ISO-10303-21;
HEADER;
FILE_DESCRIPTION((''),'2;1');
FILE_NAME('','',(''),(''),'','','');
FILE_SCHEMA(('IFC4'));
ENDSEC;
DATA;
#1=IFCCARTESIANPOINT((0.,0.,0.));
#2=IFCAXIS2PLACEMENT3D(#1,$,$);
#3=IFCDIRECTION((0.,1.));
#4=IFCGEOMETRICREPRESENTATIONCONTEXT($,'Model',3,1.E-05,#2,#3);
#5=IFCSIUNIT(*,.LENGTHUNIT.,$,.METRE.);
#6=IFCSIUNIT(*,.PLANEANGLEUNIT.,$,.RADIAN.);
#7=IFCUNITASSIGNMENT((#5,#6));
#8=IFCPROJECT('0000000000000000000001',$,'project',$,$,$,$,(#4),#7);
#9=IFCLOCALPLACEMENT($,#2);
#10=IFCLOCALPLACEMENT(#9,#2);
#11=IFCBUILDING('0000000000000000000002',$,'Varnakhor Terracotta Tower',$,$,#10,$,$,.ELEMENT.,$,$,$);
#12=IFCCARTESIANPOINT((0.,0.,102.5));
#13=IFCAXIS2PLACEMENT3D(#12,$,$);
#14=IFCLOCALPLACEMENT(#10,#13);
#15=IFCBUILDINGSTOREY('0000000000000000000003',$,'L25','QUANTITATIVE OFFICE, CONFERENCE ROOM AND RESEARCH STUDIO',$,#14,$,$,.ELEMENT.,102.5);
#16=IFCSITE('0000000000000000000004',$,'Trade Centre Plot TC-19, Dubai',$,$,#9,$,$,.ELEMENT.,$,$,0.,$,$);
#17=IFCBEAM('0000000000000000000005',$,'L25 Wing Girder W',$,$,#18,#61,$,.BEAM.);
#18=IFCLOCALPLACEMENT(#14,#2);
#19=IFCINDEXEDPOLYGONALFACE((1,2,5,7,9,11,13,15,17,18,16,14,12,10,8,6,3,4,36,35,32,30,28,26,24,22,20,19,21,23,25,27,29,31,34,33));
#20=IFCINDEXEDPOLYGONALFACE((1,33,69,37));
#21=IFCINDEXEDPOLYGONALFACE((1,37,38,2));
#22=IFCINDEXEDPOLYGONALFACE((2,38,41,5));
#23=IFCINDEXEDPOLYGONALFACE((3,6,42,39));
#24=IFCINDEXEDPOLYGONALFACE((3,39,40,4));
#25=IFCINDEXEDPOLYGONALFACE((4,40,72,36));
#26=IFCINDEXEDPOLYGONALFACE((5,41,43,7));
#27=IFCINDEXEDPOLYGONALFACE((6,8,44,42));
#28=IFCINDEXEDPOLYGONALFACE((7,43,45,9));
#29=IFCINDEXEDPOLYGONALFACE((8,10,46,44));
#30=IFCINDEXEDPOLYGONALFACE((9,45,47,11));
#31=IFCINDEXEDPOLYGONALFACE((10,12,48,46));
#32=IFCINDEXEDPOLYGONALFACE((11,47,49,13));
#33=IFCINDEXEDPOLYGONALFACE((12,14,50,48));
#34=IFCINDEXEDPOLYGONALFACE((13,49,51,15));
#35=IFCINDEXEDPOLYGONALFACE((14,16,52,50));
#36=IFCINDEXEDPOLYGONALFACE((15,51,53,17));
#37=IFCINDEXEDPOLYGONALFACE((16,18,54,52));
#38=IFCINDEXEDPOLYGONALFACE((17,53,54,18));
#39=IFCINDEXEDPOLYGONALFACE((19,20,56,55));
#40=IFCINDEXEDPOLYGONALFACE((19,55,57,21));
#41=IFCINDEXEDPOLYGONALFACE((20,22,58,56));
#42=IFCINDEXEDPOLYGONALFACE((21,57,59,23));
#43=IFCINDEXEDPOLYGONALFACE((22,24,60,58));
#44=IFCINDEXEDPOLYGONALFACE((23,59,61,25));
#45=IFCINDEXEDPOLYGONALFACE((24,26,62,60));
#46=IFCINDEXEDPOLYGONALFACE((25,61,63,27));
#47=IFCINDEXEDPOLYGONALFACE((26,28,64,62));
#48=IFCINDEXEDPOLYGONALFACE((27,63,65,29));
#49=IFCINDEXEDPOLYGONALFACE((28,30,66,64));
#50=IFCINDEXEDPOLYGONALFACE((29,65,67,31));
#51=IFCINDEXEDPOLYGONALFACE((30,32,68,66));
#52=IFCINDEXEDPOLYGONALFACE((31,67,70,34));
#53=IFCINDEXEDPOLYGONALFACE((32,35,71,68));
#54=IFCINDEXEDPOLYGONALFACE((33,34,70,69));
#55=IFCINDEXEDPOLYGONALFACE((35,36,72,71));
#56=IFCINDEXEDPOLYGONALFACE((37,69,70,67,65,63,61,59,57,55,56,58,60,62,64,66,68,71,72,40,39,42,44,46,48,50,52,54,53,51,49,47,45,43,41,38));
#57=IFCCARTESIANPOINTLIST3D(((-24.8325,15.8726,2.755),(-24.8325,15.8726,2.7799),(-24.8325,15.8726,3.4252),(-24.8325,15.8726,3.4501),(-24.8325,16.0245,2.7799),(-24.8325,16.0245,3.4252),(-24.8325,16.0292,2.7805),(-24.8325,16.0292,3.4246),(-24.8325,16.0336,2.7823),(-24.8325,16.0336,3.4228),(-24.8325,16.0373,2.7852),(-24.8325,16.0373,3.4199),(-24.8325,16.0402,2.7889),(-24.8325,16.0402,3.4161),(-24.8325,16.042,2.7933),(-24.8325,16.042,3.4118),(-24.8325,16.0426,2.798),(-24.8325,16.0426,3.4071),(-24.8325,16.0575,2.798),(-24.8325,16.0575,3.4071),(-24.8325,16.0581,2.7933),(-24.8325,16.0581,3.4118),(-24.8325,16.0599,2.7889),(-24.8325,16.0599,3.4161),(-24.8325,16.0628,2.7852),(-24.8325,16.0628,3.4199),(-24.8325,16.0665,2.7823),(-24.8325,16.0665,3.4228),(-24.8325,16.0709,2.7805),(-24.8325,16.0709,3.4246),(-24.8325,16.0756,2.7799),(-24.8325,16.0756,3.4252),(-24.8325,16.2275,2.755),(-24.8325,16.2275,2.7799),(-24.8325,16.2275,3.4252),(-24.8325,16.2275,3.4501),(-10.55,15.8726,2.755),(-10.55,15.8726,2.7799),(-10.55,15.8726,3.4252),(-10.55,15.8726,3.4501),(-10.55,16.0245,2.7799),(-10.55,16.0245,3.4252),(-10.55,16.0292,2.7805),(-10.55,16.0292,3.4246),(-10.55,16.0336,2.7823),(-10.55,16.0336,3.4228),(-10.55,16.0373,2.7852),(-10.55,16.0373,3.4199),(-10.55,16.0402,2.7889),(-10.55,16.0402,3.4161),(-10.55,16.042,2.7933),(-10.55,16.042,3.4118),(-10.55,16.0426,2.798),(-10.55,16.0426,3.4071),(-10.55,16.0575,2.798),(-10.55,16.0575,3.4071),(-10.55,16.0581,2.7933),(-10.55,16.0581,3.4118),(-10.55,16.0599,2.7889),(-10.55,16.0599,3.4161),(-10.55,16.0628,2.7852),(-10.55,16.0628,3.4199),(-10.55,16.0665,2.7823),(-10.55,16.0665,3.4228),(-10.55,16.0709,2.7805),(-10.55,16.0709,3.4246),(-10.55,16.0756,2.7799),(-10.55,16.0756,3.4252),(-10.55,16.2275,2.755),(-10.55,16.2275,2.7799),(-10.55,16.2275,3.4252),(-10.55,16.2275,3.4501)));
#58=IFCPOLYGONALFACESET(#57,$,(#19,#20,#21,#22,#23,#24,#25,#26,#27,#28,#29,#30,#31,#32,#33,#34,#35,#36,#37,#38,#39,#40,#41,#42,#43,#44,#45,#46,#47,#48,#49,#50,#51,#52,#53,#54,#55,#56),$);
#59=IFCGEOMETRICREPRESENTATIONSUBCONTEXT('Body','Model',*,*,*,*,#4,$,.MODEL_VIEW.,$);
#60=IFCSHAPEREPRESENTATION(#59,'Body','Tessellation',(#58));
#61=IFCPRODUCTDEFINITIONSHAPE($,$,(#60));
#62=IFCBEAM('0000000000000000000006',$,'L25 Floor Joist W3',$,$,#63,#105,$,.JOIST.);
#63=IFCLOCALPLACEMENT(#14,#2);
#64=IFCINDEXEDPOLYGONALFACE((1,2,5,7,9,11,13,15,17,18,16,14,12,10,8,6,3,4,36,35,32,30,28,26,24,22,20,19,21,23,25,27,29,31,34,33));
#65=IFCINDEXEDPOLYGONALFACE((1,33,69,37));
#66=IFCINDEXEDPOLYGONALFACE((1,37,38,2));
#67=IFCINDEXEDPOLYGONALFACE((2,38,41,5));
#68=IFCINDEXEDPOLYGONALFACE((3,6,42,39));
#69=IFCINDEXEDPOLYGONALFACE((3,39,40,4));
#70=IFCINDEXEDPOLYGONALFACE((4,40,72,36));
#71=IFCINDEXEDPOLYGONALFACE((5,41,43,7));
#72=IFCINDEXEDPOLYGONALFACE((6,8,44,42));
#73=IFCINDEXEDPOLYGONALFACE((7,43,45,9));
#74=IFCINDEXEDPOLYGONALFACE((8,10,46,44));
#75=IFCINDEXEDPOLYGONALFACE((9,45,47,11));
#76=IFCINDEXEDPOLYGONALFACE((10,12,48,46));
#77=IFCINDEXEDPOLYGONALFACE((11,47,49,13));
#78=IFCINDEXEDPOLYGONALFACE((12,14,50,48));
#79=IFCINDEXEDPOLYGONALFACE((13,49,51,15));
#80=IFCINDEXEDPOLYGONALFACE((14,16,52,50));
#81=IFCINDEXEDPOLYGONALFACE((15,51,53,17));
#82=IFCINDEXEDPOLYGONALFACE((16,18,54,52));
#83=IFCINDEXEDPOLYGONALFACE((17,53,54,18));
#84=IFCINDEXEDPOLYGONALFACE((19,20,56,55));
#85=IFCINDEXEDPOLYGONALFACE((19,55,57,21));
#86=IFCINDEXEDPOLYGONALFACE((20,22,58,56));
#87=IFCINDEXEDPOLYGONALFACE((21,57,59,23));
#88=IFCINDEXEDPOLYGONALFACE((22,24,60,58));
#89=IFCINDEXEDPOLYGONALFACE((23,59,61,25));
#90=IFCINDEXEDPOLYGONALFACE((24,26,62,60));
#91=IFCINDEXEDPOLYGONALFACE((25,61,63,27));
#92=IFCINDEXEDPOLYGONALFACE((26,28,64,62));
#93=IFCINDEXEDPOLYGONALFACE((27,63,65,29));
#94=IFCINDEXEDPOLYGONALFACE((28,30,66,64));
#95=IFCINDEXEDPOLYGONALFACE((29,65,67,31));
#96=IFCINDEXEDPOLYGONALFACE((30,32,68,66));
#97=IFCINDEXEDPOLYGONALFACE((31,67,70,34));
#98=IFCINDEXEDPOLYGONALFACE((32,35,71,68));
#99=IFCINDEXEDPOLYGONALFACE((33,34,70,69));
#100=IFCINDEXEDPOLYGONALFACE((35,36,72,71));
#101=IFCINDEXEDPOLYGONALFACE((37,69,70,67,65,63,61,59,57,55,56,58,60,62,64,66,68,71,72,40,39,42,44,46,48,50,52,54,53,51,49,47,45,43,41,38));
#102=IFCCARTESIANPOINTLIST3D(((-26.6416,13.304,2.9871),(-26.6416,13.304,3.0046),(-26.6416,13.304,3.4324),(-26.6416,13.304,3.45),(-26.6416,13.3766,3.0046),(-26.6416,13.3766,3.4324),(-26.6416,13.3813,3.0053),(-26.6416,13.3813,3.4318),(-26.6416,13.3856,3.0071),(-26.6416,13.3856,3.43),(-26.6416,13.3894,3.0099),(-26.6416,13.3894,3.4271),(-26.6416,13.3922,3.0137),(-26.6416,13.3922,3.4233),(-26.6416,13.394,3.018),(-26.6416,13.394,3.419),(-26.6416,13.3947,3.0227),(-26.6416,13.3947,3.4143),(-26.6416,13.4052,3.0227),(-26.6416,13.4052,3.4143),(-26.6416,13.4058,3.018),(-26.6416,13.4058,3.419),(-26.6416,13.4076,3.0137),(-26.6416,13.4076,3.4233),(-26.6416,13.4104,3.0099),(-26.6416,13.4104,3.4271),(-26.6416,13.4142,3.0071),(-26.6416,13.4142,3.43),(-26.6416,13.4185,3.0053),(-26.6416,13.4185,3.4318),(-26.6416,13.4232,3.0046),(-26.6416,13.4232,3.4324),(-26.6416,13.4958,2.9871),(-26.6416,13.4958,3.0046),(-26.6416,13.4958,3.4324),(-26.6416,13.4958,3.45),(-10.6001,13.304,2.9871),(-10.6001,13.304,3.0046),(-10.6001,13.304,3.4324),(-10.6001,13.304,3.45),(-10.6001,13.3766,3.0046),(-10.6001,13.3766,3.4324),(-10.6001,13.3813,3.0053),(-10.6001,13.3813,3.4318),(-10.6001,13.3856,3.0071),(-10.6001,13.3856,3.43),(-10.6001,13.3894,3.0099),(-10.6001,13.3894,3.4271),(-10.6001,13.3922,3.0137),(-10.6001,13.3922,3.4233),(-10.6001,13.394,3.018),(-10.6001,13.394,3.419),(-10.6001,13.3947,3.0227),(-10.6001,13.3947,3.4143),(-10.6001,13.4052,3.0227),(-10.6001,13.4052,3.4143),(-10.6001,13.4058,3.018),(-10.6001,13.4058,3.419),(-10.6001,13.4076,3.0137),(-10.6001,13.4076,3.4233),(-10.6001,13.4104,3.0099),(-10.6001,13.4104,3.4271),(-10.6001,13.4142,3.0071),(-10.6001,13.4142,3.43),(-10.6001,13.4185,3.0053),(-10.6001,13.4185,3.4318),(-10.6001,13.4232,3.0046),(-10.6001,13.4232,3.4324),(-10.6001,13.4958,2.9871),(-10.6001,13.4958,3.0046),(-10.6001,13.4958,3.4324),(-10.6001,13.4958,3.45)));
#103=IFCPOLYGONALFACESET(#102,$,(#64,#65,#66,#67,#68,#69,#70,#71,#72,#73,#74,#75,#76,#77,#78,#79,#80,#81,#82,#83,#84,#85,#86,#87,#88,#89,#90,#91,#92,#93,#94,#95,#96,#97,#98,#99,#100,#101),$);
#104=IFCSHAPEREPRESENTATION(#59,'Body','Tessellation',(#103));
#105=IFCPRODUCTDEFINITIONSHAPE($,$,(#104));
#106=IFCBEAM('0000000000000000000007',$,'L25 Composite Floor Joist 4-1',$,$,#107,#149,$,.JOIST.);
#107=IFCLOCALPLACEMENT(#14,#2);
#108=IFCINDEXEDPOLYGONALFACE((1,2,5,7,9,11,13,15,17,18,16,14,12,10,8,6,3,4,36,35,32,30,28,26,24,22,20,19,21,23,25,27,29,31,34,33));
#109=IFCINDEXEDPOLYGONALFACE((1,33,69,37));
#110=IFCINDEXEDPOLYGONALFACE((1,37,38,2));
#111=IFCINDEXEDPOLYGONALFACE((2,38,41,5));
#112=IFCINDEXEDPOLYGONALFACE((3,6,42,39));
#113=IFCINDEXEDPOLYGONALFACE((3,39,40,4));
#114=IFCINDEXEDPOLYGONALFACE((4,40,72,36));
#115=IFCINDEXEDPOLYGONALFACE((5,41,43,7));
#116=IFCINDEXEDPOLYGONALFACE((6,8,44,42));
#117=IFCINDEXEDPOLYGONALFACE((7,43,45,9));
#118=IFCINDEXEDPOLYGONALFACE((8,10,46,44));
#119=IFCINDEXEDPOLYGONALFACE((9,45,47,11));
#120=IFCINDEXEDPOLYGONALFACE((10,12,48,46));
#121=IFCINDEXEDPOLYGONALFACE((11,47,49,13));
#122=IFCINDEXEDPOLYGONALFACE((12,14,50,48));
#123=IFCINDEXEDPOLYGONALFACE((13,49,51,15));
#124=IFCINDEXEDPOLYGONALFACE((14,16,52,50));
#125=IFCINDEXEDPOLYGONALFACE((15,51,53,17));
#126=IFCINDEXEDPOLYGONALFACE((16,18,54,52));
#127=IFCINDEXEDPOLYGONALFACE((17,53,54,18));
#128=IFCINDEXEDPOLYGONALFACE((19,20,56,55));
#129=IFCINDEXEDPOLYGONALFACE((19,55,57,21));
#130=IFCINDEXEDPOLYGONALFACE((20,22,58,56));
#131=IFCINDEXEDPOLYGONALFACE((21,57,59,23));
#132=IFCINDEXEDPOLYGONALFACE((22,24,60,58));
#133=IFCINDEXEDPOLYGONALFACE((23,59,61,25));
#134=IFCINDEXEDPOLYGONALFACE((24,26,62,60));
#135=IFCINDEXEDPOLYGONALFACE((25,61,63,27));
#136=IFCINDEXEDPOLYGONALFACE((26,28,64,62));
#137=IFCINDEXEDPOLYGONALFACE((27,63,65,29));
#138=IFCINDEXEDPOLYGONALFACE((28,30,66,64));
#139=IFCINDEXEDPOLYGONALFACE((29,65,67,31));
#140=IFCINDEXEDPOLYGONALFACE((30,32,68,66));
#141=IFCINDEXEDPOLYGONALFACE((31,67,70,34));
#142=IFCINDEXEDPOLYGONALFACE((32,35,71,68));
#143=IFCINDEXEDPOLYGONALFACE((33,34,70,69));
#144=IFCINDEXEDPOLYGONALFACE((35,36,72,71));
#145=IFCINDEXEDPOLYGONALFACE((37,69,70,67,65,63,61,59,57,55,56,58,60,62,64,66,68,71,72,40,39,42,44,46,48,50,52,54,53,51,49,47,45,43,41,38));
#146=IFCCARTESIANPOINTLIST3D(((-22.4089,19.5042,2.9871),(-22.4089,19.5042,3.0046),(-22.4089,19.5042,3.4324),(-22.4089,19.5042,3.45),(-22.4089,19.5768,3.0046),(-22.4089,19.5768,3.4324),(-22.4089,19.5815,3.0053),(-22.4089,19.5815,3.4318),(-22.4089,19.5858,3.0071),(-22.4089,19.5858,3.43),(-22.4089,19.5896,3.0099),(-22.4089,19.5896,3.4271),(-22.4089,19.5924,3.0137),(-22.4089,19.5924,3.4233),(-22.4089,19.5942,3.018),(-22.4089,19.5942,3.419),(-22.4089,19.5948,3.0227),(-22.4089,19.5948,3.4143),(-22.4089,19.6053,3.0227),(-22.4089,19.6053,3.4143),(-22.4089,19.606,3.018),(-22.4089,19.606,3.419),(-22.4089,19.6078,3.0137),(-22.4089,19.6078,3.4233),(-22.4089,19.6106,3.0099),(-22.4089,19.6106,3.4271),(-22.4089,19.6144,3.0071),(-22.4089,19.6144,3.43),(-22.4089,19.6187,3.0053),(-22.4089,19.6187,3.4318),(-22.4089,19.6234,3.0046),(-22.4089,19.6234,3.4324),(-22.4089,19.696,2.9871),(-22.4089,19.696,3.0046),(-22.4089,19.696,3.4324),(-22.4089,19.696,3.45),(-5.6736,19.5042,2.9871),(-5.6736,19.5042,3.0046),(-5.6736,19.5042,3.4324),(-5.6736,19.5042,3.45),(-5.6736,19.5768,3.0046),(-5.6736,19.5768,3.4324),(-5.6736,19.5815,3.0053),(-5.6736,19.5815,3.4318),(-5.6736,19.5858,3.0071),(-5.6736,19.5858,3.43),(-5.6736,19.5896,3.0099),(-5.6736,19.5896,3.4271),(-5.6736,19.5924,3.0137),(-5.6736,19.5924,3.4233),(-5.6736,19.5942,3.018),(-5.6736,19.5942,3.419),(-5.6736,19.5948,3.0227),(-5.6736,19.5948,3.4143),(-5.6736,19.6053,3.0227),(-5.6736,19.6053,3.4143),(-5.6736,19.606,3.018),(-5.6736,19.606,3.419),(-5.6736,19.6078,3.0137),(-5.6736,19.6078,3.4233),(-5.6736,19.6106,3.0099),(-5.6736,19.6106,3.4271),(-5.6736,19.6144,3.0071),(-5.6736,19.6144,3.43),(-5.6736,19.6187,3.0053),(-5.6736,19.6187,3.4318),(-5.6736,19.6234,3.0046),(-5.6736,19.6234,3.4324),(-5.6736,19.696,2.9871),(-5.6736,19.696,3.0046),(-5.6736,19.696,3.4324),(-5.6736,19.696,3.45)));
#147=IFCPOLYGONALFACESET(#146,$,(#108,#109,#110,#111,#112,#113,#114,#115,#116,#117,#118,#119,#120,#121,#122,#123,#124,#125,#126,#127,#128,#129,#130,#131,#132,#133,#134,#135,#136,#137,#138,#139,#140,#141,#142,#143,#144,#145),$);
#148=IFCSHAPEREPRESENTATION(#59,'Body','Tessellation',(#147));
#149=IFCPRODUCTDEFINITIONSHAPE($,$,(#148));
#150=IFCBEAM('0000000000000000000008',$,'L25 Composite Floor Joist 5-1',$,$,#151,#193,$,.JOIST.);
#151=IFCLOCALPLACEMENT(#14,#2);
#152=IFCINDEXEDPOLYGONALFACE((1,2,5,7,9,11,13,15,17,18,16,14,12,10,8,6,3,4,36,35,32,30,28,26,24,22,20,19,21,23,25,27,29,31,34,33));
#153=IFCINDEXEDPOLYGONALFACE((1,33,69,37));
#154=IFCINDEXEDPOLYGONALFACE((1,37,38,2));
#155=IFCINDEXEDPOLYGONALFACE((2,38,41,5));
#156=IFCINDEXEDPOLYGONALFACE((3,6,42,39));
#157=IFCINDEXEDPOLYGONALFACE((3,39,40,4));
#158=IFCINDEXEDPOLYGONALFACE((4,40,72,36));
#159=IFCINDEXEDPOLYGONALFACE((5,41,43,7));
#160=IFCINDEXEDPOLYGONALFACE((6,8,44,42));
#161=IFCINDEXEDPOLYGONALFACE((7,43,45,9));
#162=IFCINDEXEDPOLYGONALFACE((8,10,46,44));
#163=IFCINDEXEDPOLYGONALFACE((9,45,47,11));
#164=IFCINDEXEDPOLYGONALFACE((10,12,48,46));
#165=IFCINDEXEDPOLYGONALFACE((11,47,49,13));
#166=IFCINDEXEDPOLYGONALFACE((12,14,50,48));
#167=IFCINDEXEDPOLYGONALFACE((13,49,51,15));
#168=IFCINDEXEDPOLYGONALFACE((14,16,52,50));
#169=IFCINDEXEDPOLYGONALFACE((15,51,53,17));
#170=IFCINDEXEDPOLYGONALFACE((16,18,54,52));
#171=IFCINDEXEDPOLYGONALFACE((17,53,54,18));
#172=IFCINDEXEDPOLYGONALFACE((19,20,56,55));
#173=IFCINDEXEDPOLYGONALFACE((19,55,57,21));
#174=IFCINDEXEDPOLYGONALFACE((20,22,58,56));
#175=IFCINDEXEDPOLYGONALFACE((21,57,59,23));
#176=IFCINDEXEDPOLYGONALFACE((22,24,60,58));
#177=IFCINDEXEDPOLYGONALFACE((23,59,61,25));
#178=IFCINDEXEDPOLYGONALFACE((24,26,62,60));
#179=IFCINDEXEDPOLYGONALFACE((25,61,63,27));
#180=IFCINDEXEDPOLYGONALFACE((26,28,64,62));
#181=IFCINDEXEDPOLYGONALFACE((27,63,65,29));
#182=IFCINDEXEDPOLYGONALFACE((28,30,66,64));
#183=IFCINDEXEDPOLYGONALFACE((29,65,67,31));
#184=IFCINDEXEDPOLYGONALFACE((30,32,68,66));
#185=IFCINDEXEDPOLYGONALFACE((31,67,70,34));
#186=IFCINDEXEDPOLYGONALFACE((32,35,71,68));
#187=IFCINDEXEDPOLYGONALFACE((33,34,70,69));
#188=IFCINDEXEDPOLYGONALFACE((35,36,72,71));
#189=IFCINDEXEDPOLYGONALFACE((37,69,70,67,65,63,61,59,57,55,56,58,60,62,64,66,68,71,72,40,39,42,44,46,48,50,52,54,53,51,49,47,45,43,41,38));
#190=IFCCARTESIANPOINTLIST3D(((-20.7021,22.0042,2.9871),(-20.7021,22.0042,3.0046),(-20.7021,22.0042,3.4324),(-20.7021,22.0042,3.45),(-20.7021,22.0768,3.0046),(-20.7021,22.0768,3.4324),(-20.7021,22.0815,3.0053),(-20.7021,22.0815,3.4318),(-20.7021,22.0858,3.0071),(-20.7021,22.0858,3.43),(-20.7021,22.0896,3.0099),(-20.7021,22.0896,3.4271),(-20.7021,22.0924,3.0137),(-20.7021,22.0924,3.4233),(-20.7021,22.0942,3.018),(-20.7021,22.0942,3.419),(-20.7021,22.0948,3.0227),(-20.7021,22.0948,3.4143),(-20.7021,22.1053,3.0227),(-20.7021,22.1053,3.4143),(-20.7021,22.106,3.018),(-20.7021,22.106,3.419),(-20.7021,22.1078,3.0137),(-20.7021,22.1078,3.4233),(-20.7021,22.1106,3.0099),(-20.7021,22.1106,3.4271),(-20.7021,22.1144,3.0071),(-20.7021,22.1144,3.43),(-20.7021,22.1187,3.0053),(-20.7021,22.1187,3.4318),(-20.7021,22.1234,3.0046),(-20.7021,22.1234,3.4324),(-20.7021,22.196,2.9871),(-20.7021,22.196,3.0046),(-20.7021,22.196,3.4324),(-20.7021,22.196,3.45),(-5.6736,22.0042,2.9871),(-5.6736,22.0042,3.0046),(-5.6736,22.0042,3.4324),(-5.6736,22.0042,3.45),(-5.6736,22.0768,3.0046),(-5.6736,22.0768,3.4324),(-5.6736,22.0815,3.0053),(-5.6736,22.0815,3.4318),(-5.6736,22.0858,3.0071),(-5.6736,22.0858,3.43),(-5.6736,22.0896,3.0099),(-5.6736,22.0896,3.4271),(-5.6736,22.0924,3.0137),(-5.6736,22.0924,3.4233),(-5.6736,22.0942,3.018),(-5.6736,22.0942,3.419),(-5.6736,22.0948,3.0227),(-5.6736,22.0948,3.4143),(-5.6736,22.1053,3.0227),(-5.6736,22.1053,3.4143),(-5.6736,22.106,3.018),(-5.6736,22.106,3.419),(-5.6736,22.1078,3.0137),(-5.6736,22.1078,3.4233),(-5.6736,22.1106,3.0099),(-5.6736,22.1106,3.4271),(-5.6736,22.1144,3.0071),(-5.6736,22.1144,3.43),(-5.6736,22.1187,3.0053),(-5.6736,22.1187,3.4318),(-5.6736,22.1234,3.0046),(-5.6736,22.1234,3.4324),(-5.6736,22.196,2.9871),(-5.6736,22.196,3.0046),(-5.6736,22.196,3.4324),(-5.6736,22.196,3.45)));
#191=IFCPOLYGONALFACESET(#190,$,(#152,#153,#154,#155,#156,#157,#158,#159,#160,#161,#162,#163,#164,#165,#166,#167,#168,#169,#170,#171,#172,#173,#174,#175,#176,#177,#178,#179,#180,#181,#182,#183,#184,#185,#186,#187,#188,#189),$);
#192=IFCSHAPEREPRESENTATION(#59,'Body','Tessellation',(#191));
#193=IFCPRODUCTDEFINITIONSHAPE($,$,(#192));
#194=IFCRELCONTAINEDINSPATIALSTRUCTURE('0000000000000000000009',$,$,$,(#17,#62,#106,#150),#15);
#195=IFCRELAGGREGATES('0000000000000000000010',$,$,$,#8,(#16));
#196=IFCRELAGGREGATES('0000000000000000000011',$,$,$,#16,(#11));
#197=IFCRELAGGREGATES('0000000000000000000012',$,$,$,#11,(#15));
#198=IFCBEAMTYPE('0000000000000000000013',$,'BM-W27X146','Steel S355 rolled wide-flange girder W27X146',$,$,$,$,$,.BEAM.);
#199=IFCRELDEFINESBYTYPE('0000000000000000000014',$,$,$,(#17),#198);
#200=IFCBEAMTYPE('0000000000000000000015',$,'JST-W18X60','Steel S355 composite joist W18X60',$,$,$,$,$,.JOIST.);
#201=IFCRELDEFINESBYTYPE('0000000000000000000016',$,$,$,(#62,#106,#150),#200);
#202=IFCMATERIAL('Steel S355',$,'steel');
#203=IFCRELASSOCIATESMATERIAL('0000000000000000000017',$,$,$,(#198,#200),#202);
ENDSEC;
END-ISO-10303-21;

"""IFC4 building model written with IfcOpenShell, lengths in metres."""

from ifc_helpers import new_model, si_unit, direction, frame, origin, origin_2d, place, context, subcontext, project, spatial, i_section, extrude, source, transform, mapped, material, material_profile, profile_set, type_object, element, save


model = new_model("IFC4")

# Units and contexts
model_context = context("Model", 3, precision=1e-05, world=origin(), true_north=direction((0.0, 1.0)))
body_context = subcontext(model_context, "Body", "Model", "MODEL_VIEW")
ifc_project = project(units=[si_unit("LENGTHUNIT", "METRE"), si_unit("PLANEANGLEUNIT", "RADIAN")], contexts=[model_context])

# Site, building, storey
site_placement = place(None, origin())
site = spatial("IfcSite", under=ifc_project, at=site_placement, Name="Trade Centre Plot TC-19, Dubai", CompositionType="ELEMENT", RefElevation=0.0)
building_placement = place(site_placement, origin())
building = spatial("IfcBuilding", under=site, at=building_placement, Name="Varnakhor Terracotta Tower", CompositionType="ELEMENT")
storey_placement = place(building_placement, frame((0.0, 0.0, 102.5)))
storey = spatial("IfcBuildingStorey", under=building, at=storey_placement, Name="L25", Description="QUANTITATIVE OFFICE, CONFERENCE ROOM AND RESEARCH STUDIO", CompositionType="ELEMENT", Elevation=102.5)

# Beams
ifc_material_1 = material(Name="Steel S355", Category="steel")
ifc_material_profile_1 = material_profile(ifc_material_1, i_section(OverallWidth=0.355, OverallDepth=0.6951, WebThickness=0.0149, FlangeThickness=0.0249, FilletRadius=0.0181, at=origin_2d()), Name="W27X146")
ifc_profile_set_1 = profile_set([ifc_material_profile_1], Name="Steel S355")
beam_type_1 = type_object("IfcBeamType", Name="BM-W27X146", Description="Steel S355 rolled wide-flange girder W27X146", PredefinedType="BEAM", material=ifc_profile_set_1)
shared_shape_1 = source(origin(), body_context, "Body", "SweptSolid", [
    extrude(i_section(OverallWidth=0.355, OverallDepth=0.6951, WebThickness=0.0149, FlangeThickness=0.0249, FilletRadius=0.0181, at=origin_2d()), origin(), (0.0, 0.0, 1.0), 14.2825),
])
beam_1_placement = place(storey_placement, frame((-24.8325, 16.05, 3.1025), z_axis=(1.0, 0.0, 0.0), x_axis=(0.0, 1.0, 0.0)))
element("IfcBeam", 1, at=beam_1_placement, inside=storey, type_object=beam_type_1, Name="L25 Wing Girder W", PredefinedType="BEAM", context=body_context, shape_type="MappedRepresentation", body=[
    mapped(shared_shape_1, transform((0.0, 0.0, 0.0), scale=1.0)),
])
ifc_material_profile_2 = material_profile(ifc_material_1, i_section(OverallWidth=0.1919, OverallDepth=0.4629, WebThickness=0.0105, FlangeThickness=0.0176, FilletRadius=0.0181, at=origin_2d()), Name="W18X60")
ifc_profile_set_2 = profile_set([ifc_material_profile_2], Name="Steel S355")
beam_type_2 = type_object("IfcBeamType", Name="JST-W18X60", Description="Steel S355 composite joist W18X60", PredefinedType="JOIST", material=ifc_profile_set_2)
shared_shape_2 = source(origin(), body_context, "Body", "SweptSolid", [
    extrude(i_section(OverallWidth=0.1919, OverallDepth=0.4629, WebThickness=0.0105, FlangeThickness=0.0176, FilletRadius=0.0181, at=origin_2d()), origin(), (0.0, 0.0, 1.0), 16.0415),
])
beam_2_placement = place(storey_placement, frame((-26.6416, 13.3999, 3.2185), z_axis=(1.0, 0.0, 0.0), x_axis=(0.0, 1.0, 0.0)))
element("IfcBeam", 2, at=beam_2_placement, inside=storey, type_object=beam_type_2, Name="L25 Floor Joist W3", PredefinedType="JOIST", context=body_context, shape_type="MappedRepresentation", body=[
    mapped(shared_shape_2, transform((0.0, 0.0, 0.0), scale=1.0)),
])
shared_shape_3 = source(origin(), body_context, "Body", "SweptSolid", [
    extrude(i_section(OverallWidth=0.1919, OverallDepth=0.4629, WebThickness=0.0105, FlangeThickness=0.0176, FilletRadius=0.0181, at=origin_2d()), origin(), (0.0, 0.0, 1.0), 16.7354),
])
beam_3_placement = place(storey_placement, frame((-22.4089, 19.6001, 3.2185), z_axis=(1.0, 0.0, 0.0), x_axis=(0.0, 1.0, 0.0)))
element("IfcBeam", 3, at=beam_3_placement, inside=storey, type_object=beam_type_2, Name="L25 Composite Floor Joist 4-1", PredefinedType="JOIST", context=body_context, shape_type="MappedRepresentation", body=[
    mapped(shared_shape_3, transform((0.0, 0.0, 0.0), scale=1.0)),
])
shared_shape_4 = source(origin(), body_context, "Body", "SweptSolid", [
    extrude(i_section(OverallWidth=0.1919, OverallDepth=0.4629, WebThickness=0.0105, FlangeThickness=0.0176, FilletRadius=0.0181, at=origin_2d()), origin(), (0.0, 0.0, 1.0), 15.0286),
])
beam_4_placement = place(storey_placement, frame((-20.7021, 22.1001, 3.2185), z_axis=(1.0, 0.0, 0.0), x_axis=(0.0, 1.0, 0.0)))
element("IfcBeam", 4, at=beam_4_placement, inside=storey, type_object=beam_type_2, Name="L25 Composite Floor Joist 5-1", PredefinedType="JOIST", context=body_context, shape_type="MappedRepresentation", body=[
    mapped(shared_shape_4, transform((0.0, 0.0, 0.0), scale=1.0)),
])

save(model, "model.ifc")
